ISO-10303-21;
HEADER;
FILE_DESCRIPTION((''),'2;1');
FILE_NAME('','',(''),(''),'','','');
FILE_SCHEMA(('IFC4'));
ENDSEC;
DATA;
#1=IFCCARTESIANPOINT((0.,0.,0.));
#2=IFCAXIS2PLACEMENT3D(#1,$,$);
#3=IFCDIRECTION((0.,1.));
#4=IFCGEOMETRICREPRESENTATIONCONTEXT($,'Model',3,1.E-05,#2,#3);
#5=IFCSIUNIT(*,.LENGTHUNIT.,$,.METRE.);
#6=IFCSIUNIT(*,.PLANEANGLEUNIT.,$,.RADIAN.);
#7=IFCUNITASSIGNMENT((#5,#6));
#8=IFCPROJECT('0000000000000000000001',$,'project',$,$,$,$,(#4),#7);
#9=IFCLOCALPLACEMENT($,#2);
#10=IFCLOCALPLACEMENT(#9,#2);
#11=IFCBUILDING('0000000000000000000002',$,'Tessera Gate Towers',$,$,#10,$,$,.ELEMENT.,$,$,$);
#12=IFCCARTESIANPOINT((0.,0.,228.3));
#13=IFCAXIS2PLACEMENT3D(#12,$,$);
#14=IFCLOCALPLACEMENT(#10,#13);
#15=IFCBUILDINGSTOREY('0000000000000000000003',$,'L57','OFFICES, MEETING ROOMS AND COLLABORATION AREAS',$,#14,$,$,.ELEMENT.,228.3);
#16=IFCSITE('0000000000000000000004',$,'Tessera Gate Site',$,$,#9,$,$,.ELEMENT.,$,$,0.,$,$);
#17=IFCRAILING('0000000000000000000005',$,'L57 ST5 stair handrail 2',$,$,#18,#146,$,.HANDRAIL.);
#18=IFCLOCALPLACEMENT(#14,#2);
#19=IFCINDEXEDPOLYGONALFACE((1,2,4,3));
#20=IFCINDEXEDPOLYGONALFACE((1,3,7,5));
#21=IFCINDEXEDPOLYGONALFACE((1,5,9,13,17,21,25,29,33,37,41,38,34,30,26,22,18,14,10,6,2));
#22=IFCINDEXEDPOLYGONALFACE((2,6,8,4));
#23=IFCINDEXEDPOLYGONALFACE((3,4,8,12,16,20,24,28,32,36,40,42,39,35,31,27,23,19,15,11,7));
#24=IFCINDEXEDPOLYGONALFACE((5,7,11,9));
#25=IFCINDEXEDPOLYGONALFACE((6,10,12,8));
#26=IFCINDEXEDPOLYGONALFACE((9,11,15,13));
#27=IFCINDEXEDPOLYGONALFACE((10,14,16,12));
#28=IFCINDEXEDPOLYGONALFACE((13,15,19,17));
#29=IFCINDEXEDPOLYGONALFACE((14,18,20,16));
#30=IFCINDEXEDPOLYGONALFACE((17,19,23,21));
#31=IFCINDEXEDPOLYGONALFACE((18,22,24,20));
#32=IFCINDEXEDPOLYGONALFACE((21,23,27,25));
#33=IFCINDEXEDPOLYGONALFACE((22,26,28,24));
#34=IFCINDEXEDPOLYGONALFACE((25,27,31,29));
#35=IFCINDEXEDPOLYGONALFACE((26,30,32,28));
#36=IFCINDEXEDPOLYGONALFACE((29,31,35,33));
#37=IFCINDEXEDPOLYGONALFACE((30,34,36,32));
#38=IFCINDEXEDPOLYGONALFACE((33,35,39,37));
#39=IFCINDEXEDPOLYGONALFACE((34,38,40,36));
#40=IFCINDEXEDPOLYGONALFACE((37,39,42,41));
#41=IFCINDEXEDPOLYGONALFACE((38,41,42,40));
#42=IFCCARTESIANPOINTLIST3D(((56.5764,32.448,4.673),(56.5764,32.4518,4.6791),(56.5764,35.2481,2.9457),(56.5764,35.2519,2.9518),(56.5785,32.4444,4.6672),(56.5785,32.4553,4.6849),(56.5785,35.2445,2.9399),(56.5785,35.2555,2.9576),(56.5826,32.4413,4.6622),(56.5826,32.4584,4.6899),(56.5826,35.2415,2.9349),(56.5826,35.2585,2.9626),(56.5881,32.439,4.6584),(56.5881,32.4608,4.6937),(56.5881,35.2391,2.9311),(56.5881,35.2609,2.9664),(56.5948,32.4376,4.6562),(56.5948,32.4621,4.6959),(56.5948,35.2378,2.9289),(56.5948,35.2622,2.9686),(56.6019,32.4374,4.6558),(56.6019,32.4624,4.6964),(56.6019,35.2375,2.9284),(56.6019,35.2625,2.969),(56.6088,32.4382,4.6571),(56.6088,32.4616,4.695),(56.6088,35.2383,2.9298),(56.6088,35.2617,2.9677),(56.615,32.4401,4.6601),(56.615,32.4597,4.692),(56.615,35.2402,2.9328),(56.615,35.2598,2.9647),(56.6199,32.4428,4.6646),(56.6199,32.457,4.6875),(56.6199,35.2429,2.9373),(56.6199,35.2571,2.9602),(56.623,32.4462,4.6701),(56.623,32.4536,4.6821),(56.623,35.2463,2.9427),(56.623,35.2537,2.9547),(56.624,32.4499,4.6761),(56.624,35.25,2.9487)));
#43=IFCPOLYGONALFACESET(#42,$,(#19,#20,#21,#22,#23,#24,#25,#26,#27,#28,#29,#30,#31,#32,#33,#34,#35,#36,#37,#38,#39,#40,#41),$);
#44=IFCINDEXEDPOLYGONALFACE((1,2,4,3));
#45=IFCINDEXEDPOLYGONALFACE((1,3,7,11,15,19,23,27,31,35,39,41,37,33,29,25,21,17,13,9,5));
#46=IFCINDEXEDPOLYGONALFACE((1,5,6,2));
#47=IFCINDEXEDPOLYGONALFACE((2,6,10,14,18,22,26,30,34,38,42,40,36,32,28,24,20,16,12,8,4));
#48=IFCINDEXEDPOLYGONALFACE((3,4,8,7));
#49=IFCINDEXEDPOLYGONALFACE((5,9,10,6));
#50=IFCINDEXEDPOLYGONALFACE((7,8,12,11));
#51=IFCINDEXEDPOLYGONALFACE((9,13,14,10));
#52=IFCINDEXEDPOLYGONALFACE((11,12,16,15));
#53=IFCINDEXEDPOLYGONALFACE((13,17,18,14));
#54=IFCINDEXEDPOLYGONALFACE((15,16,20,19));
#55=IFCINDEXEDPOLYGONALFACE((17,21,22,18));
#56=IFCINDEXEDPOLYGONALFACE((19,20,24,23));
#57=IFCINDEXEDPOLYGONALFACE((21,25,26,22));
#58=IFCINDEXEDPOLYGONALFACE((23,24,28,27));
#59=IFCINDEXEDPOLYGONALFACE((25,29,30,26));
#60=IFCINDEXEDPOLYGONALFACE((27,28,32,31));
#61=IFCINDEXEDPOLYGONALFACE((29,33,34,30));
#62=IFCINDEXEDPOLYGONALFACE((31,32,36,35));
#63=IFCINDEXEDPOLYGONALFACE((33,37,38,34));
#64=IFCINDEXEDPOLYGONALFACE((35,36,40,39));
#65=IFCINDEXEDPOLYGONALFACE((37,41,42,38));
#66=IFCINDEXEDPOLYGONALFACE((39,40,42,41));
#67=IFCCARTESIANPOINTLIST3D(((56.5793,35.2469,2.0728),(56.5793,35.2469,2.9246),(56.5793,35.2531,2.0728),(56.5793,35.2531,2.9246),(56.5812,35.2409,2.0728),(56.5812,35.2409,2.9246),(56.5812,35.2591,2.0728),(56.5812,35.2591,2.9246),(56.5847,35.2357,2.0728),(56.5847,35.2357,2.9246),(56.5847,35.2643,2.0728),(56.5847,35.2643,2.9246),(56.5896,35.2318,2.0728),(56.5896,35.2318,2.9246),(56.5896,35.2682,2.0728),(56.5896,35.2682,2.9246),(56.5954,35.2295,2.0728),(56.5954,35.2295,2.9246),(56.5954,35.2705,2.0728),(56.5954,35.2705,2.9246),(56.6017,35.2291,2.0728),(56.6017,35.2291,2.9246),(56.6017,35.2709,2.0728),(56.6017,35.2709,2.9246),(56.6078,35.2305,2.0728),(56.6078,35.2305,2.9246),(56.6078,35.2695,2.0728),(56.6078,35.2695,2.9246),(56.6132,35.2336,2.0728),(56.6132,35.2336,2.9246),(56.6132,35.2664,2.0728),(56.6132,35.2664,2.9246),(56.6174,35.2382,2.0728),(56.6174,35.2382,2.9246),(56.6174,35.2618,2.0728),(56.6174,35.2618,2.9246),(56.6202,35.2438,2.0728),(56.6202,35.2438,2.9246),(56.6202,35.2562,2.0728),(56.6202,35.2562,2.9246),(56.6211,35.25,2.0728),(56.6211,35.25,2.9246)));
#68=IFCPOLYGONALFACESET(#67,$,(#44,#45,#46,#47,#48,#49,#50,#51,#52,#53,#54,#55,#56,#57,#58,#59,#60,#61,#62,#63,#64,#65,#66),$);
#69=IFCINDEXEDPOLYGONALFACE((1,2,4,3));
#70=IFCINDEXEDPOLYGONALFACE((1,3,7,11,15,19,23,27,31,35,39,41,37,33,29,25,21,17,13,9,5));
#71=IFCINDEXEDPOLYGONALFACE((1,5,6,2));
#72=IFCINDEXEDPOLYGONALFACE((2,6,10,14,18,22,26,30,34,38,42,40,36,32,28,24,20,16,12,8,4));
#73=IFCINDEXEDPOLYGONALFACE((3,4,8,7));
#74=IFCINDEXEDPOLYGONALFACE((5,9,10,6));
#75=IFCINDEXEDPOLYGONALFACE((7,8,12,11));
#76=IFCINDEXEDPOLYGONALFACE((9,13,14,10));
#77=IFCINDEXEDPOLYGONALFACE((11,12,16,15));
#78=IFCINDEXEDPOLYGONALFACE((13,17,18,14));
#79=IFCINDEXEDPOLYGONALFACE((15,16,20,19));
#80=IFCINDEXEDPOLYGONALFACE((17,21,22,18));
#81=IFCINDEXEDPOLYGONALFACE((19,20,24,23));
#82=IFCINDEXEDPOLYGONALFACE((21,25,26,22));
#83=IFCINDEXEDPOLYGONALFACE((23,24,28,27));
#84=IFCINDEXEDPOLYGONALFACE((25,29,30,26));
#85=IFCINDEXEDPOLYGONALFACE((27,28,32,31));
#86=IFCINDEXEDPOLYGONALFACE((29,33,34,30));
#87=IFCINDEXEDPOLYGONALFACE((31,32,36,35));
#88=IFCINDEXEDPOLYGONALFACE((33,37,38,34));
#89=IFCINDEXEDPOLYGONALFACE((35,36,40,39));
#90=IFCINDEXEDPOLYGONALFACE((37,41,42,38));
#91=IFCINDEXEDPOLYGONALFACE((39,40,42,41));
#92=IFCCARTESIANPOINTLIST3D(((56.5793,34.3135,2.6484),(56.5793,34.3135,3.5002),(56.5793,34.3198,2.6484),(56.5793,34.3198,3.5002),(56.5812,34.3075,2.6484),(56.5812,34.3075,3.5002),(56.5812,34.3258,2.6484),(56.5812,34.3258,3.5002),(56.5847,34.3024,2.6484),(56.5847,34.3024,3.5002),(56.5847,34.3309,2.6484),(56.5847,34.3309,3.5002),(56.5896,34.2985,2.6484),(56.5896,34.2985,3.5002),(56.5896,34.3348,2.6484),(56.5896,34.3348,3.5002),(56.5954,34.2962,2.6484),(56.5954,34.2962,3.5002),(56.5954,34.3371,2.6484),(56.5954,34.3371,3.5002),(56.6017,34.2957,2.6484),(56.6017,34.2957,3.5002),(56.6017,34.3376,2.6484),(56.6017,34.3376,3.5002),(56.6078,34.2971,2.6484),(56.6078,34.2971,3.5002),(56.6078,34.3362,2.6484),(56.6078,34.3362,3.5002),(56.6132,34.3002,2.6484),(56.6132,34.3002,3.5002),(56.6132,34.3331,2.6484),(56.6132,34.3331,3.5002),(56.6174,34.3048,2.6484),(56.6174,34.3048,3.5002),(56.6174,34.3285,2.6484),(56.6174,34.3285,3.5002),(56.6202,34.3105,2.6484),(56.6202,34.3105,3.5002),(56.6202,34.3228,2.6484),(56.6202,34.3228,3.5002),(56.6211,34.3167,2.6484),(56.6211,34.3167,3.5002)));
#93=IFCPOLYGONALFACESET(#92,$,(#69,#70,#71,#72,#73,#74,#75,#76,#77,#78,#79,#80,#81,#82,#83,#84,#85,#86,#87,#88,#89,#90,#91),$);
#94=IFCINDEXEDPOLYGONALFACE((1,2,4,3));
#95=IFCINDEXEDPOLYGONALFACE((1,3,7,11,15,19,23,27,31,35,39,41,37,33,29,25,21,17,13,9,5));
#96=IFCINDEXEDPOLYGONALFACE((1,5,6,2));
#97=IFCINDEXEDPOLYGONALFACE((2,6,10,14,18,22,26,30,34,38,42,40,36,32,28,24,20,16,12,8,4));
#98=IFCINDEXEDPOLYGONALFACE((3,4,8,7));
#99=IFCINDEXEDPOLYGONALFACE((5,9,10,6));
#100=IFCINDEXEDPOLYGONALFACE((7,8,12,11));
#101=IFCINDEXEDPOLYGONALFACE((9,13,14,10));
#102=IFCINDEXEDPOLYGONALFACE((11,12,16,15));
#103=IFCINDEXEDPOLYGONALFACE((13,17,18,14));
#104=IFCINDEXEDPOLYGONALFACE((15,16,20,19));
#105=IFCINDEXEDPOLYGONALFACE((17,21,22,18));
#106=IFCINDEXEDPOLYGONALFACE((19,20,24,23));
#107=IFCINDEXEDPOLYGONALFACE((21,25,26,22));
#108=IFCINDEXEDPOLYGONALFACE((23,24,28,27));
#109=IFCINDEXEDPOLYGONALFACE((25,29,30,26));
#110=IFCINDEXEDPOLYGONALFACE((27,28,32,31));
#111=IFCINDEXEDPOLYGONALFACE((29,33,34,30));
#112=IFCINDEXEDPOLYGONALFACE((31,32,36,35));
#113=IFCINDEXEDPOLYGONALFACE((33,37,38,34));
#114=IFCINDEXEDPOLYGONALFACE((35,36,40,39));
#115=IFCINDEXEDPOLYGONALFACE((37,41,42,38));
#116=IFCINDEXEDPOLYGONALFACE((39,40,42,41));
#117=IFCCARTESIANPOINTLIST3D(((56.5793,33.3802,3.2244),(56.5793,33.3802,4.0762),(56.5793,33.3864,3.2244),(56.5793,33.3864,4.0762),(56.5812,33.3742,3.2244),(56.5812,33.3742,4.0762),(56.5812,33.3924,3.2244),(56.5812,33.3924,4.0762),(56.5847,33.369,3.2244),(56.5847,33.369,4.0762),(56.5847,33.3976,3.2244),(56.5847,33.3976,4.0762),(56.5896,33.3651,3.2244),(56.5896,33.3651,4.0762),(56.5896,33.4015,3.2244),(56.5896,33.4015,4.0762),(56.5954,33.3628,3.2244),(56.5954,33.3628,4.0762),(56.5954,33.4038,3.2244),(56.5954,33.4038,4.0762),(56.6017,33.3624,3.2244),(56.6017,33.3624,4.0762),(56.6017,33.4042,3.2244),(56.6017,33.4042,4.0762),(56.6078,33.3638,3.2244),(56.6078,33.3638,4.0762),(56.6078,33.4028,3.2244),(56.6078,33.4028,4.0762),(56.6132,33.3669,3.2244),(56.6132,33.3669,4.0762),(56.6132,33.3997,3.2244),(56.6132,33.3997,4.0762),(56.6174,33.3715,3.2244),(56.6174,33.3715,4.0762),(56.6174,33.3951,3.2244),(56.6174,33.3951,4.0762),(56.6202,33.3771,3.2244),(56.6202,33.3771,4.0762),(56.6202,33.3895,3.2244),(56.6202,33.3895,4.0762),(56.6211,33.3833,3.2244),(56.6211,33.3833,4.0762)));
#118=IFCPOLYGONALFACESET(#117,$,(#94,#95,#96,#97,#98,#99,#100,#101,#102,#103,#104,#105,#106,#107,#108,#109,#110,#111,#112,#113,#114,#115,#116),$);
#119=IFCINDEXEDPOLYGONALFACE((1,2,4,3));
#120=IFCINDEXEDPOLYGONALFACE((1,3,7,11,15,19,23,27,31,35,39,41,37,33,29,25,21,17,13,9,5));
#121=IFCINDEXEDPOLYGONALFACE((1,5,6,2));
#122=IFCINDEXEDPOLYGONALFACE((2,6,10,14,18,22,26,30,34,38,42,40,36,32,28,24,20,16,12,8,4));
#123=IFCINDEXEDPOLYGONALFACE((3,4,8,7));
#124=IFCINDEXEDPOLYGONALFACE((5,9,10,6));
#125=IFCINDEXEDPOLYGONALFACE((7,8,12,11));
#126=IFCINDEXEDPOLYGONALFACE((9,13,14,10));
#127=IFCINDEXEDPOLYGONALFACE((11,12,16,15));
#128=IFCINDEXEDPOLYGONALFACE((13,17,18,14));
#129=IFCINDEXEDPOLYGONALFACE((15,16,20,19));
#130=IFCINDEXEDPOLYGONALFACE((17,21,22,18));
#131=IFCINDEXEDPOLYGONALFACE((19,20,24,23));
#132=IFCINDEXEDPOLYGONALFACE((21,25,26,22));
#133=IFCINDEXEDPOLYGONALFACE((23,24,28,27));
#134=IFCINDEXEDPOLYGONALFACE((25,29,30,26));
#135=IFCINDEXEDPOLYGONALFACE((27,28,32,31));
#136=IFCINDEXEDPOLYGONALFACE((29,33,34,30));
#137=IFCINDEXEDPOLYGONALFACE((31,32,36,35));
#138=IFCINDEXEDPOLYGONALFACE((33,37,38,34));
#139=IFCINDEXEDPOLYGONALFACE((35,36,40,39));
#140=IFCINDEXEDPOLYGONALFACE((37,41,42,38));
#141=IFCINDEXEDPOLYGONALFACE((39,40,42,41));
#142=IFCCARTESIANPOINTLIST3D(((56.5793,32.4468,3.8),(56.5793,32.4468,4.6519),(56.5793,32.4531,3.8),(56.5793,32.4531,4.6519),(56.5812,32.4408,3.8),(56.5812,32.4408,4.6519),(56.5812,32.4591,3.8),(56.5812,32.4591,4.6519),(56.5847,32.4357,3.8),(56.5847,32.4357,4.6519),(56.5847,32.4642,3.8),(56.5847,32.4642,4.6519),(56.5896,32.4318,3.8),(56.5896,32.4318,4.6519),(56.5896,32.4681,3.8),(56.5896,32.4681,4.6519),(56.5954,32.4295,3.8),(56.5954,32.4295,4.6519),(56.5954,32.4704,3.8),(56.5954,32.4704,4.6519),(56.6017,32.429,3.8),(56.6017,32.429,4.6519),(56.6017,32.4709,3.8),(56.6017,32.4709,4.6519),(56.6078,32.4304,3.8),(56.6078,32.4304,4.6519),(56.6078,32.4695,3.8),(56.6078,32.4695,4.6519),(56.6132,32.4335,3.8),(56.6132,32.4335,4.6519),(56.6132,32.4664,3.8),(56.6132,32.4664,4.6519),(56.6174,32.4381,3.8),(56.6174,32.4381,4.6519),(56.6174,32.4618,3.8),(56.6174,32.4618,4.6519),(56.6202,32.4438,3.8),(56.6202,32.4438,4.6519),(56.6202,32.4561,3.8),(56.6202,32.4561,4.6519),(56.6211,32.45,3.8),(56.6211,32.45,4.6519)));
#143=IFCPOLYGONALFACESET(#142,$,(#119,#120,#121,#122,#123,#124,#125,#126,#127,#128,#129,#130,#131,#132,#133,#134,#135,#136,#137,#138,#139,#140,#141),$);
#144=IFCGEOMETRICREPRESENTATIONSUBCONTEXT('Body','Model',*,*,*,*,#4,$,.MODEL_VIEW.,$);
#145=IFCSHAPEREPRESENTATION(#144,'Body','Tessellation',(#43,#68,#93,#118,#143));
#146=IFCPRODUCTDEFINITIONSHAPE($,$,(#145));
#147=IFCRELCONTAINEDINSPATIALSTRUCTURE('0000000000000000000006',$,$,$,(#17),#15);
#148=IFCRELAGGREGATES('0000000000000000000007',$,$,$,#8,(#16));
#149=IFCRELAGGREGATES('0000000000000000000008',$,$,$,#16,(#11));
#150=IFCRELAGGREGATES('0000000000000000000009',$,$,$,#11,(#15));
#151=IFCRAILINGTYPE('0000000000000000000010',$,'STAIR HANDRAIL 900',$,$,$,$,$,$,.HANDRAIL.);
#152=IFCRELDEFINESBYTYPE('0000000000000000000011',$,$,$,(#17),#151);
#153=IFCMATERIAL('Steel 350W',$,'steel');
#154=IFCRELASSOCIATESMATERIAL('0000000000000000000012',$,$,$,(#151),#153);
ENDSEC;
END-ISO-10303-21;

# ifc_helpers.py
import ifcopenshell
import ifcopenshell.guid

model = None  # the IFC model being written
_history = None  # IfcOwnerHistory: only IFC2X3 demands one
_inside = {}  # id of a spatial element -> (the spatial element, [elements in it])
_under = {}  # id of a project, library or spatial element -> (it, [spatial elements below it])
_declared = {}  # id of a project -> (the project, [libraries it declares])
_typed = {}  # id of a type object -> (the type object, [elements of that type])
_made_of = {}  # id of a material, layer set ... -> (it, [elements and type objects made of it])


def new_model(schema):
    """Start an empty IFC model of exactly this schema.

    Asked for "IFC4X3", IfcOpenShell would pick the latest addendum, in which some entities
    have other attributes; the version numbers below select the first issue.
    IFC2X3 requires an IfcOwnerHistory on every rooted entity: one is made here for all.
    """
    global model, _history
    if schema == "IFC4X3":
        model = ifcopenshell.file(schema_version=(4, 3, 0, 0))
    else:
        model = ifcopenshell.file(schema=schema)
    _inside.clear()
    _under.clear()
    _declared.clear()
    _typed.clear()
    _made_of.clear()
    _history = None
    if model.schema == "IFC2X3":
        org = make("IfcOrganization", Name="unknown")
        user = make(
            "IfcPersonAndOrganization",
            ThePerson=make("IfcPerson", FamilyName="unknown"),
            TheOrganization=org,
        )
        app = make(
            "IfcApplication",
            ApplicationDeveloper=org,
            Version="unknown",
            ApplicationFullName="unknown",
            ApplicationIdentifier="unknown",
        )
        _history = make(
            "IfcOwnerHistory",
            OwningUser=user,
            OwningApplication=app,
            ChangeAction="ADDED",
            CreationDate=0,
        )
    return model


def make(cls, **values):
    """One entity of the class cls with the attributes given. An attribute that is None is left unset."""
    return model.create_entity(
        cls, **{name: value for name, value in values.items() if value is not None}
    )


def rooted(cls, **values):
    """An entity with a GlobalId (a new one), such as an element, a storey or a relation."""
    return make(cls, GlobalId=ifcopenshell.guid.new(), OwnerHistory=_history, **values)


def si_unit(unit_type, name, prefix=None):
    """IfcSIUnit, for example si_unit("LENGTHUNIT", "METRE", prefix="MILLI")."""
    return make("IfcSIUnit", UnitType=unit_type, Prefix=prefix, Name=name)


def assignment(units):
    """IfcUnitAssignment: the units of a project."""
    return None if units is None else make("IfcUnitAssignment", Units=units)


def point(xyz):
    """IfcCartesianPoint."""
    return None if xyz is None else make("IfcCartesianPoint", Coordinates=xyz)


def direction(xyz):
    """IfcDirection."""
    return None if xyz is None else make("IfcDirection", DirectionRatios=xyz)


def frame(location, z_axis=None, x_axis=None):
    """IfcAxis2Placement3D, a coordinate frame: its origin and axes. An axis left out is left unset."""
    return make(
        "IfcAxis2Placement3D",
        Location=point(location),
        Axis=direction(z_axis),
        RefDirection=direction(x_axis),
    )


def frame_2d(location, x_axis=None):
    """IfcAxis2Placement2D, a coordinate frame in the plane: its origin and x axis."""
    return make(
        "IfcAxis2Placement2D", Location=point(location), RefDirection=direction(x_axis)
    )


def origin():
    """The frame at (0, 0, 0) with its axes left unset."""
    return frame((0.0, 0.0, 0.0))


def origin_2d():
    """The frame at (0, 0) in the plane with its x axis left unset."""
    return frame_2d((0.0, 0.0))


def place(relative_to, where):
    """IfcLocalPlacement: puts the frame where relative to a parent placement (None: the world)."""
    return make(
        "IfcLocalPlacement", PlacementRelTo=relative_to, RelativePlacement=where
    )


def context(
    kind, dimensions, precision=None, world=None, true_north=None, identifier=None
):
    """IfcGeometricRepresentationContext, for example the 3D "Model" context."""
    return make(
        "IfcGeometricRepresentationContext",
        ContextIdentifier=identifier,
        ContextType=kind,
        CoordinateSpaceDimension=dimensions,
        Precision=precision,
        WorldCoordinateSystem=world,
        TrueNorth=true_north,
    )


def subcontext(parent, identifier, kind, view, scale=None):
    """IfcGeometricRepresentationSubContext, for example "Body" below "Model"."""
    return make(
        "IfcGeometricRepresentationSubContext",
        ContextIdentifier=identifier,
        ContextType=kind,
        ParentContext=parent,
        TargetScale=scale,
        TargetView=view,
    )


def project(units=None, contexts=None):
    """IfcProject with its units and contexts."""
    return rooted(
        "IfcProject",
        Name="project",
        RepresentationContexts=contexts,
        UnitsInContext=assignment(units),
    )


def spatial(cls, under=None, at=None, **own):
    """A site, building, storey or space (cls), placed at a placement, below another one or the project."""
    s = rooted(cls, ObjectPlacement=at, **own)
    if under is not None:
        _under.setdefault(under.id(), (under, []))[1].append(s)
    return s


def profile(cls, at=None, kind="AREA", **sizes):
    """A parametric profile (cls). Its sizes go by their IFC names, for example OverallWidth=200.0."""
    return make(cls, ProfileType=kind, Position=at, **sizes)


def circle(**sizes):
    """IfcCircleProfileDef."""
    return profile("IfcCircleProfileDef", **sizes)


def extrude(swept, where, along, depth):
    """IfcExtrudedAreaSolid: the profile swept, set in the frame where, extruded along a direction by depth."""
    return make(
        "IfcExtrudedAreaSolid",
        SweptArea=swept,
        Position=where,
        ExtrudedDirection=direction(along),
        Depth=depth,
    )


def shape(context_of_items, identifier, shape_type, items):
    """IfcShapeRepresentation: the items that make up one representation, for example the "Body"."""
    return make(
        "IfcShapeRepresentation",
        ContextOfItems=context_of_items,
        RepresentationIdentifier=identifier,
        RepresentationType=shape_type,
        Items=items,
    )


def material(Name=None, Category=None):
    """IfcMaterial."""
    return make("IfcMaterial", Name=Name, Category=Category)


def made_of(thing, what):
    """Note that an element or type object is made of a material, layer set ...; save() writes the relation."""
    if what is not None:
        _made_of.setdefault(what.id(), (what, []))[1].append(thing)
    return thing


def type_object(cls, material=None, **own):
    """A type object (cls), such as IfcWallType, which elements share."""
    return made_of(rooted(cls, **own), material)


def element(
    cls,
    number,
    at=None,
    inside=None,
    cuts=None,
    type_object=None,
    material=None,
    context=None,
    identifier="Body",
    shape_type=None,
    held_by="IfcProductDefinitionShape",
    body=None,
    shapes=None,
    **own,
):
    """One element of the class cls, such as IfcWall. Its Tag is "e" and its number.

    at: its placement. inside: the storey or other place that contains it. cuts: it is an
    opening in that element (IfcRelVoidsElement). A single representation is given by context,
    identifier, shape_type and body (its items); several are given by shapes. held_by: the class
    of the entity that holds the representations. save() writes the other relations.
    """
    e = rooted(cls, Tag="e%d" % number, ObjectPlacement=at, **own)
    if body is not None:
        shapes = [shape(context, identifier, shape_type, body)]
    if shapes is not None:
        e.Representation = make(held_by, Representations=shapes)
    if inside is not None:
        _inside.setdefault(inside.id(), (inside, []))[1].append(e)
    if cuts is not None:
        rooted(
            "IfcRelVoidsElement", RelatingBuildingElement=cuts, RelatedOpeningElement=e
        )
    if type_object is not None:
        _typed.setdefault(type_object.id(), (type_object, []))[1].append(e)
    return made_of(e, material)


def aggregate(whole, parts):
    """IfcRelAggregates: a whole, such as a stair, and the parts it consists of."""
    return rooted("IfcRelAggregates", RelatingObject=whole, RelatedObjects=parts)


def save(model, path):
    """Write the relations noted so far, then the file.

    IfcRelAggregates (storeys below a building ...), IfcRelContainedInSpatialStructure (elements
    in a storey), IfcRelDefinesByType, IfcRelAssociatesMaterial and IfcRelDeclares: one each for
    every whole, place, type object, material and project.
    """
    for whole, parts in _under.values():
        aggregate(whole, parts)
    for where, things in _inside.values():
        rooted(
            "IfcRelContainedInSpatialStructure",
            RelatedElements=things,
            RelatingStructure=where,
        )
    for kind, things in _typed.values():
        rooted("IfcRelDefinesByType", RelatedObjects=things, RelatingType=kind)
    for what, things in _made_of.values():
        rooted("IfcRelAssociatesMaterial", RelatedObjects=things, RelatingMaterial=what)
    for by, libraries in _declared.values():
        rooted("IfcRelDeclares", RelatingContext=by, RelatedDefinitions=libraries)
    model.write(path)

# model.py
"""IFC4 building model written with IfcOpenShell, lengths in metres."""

from ifc_helpers import new_model, si_unit, direction, frame, origin, origin_2d, place, context, subcontext, project, spatial, circle, extrude, material, type_object, element, save


model = new_model("IFC4")

# Units and contexts
model_context = context("Model", 3, precision=1e-05, world=origin(), true_north=direction((0.0, 1.0)))
body_context = subcontext(model_context, "Body", "Model", "MODEL_VIEW")
ifc_project = project(units=[si_unit("LENGTHUNIT", "METRE"), si_unit("PLANEANGLEUNIT", "RADIAN")], contexts=[model_context])

# Site, building, storey
site_placement = place(None, origin())
site = spatial("IfcSite", under=ifc_project, at=site_placement, Name="Tessera Gate Site", CompositionType="ELEMENT", RefElevation=0.0)
building_placement = place(site_placement, origin())
building = spatial("IfcBuilding", under=site, at=building_placement, Name="Tessera Gate Towers", CompositionType="ELEMENT")
storey_placement = place(building_placement, frame((0.0, 0.0, 228.3)))
storey = spatial("IfcBuildingStorey", under=building, at=storey_placement, Name="L57", Description="OFFICES, MEETING ROOMS AND COLLABORATION AREAS", CompositionType="ELEMENT", Elevation=228.3)

# Railing
ifc_material_1 = material(Name="Steel 350W", Category="steel")
railing_type_1 = type_object("IfcRailingType", Name="STAIR HANDRAIL 900", PredefinedType="HANDRAIL", material=ifc_material_1)
railing_1_placement = place(storey_placement, frame((56.6001, 35.25, 2.0728)))
element("IfcRailing", 1, at=railing_1_placement, inside=storey, type_object=railing_type_1, Name="L57 ST5 stair handrail 2", PredefinedType="HANDRAIL", context=body_context, shape_type="SweptSolid", body=[
    extrude(circle(Radius=0.0239, at=origin_2d()), frame((0.0, 0.0, 0.876), z_axis=(0.0, -0.85109, 0.52502), x_axis=(1.0, 0.0, 0.0)), (0.0, 0.0, 1.0), 3.29),
    extrude(circle(Radius=0.021, at=origin_2d()), origin(), (0.0, 0.0, 1.0), 0.8518),
    extrude(circle(Radius=0.021, at=origin_2d()), frame((0.0, -0.9333, 0.5757)), (0.0, 0.0, 1.0), 0.8518),
    extrude(circle(Radius=0.021, at=origin_2d()), frame((0.0, -1.8667, 1.1516)), (0.0, 0.0, 1.0), 0.8518),
    extrude(circle(Radius=0.021, at=origin_2d()), frame((0.0, -2.8, 1.7273)), (0.0, 0.0, 1.0), 0.8518),
])

save(model, "model.ifc")
